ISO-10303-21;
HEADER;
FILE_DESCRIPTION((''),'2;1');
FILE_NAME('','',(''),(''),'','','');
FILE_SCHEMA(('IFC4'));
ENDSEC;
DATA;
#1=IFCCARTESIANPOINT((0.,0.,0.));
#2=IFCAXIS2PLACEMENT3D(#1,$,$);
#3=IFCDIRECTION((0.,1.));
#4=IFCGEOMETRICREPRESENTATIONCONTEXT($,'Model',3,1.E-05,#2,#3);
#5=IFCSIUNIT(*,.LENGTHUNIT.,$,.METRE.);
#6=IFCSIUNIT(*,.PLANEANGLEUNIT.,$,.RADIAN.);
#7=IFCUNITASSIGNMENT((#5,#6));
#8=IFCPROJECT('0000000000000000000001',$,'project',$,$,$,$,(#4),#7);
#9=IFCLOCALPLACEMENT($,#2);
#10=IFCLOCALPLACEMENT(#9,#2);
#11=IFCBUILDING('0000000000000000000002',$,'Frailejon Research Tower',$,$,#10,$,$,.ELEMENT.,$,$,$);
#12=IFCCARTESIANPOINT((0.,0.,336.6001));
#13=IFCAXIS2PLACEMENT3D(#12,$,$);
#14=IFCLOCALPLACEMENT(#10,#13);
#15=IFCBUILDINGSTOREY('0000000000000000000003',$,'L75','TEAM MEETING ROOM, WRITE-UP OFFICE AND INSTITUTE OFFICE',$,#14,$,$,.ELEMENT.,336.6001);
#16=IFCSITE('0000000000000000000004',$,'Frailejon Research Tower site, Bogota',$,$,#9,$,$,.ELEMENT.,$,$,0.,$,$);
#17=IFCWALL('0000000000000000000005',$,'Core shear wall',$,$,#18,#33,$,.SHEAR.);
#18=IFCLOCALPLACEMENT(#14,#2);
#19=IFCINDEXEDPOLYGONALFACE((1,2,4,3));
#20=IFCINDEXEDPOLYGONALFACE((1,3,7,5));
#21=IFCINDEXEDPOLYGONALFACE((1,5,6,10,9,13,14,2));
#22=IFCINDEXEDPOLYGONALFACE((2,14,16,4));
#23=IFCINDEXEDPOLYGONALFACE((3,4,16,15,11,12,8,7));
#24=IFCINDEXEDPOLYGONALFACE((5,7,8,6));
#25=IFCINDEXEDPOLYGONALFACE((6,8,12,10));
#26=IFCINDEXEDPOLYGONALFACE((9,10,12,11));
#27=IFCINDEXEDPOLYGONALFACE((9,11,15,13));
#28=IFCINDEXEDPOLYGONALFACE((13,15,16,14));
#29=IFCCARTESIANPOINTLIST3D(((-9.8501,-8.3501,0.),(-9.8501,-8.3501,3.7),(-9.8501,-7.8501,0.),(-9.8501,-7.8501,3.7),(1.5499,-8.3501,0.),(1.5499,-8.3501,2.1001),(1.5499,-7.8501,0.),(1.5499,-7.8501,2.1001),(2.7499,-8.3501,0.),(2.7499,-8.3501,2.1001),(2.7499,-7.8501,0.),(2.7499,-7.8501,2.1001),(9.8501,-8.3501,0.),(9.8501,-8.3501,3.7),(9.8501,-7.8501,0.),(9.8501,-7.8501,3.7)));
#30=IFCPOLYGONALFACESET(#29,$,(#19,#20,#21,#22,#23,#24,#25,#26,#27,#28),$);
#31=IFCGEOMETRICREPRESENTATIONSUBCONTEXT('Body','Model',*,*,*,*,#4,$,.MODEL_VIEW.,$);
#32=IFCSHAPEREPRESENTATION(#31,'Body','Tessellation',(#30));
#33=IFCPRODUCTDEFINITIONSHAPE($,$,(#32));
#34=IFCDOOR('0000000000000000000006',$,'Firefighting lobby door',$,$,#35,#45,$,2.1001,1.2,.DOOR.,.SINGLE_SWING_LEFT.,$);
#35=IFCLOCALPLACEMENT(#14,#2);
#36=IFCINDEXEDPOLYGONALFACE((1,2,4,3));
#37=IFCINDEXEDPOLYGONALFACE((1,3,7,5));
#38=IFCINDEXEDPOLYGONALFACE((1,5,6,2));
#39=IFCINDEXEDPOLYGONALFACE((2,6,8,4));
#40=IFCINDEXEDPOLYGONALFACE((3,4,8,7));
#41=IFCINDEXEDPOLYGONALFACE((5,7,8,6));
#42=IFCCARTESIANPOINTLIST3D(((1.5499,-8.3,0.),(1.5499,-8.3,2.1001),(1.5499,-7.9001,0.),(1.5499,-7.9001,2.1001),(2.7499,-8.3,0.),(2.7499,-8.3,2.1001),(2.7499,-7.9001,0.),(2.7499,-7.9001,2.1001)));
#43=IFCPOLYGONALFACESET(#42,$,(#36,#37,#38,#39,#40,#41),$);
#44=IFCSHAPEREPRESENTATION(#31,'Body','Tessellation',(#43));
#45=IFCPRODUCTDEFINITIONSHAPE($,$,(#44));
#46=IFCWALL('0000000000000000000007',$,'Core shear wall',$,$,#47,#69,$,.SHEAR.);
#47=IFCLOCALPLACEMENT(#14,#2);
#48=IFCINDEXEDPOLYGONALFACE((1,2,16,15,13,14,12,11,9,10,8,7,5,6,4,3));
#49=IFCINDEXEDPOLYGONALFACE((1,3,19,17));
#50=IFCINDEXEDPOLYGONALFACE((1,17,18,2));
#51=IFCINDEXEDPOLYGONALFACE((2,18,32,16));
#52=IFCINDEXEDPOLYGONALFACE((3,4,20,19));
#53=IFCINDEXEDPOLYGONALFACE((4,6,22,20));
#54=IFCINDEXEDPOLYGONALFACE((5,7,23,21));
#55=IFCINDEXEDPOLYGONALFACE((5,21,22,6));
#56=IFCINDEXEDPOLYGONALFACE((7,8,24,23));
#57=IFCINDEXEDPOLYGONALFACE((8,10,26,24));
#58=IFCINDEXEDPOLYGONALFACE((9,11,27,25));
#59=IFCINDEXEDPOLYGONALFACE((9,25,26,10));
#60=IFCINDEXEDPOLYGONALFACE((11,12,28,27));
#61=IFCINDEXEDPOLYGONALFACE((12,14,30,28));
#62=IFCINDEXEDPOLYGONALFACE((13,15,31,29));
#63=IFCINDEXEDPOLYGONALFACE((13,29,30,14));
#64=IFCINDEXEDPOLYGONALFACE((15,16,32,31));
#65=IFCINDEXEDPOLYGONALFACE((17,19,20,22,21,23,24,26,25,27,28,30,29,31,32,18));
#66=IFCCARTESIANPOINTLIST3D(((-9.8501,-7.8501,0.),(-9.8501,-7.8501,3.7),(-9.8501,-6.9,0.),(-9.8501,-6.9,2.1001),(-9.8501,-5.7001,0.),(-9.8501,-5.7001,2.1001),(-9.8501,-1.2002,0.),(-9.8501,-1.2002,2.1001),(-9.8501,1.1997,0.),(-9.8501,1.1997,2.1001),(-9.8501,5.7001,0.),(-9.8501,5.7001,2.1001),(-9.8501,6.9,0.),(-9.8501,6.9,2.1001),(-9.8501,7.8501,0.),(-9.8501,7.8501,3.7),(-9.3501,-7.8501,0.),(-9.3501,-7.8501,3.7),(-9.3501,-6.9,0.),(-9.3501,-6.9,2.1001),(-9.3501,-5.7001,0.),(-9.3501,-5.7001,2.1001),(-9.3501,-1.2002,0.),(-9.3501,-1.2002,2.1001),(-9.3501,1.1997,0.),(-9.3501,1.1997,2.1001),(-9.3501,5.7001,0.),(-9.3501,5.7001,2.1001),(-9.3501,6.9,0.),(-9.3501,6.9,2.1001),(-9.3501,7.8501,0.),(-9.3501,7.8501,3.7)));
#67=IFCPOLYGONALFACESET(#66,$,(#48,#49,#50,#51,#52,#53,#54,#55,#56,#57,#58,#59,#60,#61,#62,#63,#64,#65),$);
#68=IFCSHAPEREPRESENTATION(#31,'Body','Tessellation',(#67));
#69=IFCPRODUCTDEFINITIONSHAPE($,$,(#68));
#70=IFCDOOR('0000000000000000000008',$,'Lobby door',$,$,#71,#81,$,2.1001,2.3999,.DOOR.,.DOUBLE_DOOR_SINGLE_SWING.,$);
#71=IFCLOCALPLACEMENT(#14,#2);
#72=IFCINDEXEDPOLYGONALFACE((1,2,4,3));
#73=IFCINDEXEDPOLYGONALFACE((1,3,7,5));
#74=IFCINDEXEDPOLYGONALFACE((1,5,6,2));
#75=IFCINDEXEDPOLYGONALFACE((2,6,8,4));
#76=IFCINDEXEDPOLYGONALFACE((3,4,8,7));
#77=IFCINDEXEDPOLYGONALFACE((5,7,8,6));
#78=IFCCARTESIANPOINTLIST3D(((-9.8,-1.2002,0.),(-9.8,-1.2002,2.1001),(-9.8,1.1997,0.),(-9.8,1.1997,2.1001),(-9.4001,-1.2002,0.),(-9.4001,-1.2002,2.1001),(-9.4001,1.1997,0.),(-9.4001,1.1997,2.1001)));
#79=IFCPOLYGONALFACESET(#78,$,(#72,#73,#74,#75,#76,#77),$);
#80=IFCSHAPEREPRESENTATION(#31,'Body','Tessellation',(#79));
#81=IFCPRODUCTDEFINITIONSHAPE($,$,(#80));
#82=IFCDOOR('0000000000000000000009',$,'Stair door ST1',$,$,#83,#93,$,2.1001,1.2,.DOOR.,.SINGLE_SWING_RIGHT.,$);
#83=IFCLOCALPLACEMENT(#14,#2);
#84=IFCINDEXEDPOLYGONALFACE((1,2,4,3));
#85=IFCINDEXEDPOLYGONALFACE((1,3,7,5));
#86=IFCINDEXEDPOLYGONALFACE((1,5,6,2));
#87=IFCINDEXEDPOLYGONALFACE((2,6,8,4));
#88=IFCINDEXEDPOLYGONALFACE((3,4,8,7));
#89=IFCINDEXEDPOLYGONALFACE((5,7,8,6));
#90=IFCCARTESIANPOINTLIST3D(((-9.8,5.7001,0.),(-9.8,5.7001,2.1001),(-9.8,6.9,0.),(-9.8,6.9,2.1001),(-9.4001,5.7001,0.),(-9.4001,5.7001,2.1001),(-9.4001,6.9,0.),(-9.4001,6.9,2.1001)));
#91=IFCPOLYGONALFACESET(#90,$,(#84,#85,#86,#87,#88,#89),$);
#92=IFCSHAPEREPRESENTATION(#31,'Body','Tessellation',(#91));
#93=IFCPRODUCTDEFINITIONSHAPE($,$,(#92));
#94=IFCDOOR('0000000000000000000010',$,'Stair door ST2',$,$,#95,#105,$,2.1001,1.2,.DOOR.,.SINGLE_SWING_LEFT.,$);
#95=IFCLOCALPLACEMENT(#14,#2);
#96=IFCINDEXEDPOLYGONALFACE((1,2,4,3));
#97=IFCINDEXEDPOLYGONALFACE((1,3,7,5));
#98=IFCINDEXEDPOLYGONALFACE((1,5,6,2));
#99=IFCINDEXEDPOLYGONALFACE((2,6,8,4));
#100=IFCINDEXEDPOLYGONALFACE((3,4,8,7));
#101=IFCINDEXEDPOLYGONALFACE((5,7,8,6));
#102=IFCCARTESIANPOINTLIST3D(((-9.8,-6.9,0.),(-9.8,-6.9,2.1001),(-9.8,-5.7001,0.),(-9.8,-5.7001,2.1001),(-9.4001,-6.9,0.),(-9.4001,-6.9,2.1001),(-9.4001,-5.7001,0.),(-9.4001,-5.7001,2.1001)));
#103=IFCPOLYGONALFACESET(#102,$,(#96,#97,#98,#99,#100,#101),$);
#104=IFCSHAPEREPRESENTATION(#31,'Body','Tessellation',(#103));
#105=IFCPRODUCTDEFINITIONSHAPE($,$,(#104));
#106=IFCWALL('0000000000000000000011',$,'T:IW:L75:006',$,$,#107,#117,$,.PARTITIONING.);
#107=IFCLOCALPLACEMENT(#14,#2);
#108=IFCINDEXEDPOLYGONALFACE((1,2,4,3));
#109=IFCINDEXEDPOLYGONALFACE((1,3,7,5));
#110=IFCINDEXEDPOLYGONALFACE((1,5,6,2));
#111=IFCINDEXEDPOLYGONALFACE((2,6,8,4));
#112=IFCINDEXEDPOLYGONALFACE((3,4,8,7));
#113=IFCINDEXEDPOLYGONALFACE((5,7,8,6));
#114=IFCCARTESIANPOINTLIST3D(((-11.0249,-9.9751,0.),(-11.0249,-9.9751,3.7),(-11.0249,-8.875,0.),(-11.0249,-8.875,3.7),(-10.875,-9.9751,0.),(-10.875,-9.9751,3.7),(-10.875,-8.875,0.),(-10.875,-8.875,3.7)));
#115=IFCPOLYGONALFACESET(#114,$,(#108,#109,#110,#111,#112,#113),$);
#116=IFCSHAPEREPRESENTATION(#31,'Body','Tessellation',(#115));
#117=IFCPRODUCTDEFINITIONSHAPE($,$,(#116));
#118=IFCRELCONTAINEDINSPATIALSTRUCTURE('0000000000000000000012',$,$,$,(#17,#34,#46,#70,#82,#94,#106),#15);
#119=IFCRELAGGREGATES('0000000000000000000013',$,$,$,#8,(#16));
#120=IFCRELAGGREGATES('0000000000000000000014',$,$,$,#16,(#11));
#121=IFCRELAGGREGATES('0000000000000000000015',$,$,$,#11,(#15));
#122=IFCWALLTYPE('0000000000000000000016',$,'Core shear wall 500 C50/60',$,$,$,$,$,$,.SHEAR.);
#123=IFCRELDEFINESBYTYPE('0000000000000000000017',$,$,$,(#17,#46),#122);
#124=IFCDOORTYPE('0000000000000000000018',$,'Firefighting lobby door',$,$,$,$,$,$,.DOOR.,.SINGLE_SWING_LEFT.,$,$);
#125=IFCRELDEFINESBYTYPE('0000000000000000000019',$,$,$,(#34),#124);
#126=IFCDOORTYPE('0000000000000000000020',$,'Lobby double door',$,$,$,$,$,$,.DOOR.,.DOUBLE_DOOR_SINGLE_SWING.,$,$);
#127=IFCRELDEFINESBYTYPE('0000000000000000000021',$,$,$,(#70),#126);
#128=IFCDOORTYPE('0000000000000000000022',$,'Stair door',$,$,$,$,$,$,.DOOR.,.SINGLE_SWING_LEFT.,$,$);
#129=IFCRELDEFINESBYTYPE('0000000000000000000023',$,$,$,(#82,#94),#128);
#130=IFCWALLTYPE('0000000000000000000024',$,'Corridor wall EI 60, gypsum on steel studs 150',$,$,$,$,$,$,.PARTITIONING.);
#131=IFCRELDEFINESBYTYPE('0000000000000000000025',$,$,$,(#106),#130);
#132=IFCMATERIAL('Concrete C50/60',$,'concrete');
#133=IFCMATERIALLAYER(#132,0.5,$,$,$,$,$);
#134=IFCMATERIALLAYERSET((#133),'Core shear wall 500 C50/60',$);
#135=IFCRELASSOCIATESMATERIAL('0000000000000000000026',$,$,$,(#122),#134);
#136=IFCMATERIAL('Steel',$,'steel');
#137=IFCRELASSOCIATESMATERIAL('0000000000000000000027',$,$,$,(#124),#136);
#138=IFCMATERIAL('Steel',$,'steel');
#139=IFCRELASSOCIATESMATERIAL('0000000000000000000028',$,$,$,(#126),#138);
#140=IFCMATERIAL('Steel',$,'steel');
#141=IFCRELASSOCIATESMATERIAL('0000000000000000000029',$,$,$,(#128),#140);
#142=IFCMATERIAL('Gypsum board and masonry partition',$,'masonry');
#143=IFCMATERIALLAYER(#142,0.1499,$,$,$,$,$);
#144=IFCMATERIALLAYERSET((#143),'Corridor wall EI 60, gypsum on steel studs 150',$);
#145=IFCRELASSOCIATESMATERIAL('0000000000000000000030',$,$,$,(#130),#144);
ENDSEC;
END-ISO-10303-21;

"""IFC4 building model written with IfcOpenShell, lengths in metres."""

from ifc_helpers import new_model, si_unit, direction, frame, frame_2d, origin, place, context, subcontext, project, spatial, rectangle, extrude, material, layer, layer_set, type_object, element, fill, save


model = new_model("IFC4")

# Units and contexts
model_context = context("Model", 3, precision=1e-05, world=origin(), true_north=direction((0.0, 1.0)))
body_context = subcontext(model_context, "Body", "Model", "MODEL_VIEW")
ifc_project = project(units=[si_unit("LENGTHUNIT", "METRE"), si_unit("PLANEANGLEUNIT", "RADIAN")], contexts=[model_context])

# Site, building, storey
site_placement = place(None, origin())
site = spatial("IfcSite", under=ifc_project, at=site_placement, Name="Frailejon Research Tower site, Bogota", CompositionType="ELEMENT", RefElevation=0.0)
building_placement = place(site_placement, origin())
building = spatial("IfcBuilding", under=site, at=building_placement, Name="Frailejon Research Tower", CompositionType="ELEMENT")
storey_placement = place(building_placement, frame((0.0, 0.0, 336.6001)))
storey = spatial("IfcBuildingStorey", under=building, at=storey_placement, Name="L75", Description="TEAM MEETING ROOM, WRITE-UP OFFICE AND INSTITUTE OFFICE", CompositionType="ELEMENT", Elevation=336.6001)

# Wall, opening, door
ifc_material_1 = material(Name="Concrete C50/60", Category="concrete")
ifc_layer_1 = layer(ifc_material_1, 0.5)
ifc_layer_set_1 = layer_set([ifc_layer_1], Name="Core shear wall 500 C50/60")
wall_type_1 = type_object("IfcWallType", Name="Core shear wall 500 C50/60", PredefinedType="SHEAR", material=ifc_layer_set_1)
wall_1_placement = place(storey_placement, frame((-9.8501, -8.1001, 0.0), z_axis=(0.0, 0.0, 1.0), x_axis=(1.0, 0.0, 0.0)))
wall_1 = element("IfcWall", 1, at=wall_1_placement, inside=storey, type_object=wall_type_1, Name="Core shear wall", PredefinedType="SHEAR", context=body_context, shape_type="SweptSolid", body=[
    extrude(rectangle(XDim=19.7002, YDim=0.5, at=frame_2d((9.8501, 0.0))), origin(), (0.0, 0.0, 1.0), 3.7),
])
opening_1_placement = place(wall_1_placement, frame((11.3999, 0.0, 0.0)))
opening_1 = element("IfcOpeningElement", 2, at=opening_1_placement, cuts=wall_1, PredefinedType="OPENING", context=body_context, shape_type="SweptSolid", body=[
    extrude(rectangle(XDim=1.2, YDim=2.1001, at=frame_2d((0.6001, 1.05))), frame((0.0, 0.26, 0.0), z_axis=(0.0, -1.0, 0.0), x_axis=(1.0, 0.0, 0.0)), (0.0, 0.0, 1.0), 0.52),
])
ifc_material_2 = material(Name="Steel", Category="steel")
door_type_1 = type_object("IfcDoorType", Name="Firefighting lobby door", OperationType="SINGLE_SWING_LEFT", PredefinedType="DOOR", material=ifc_material_2)
door_1_placement = place(opening_1_placement, origin())
door_1 = element("IfcDoor", 3, at=door_1_placement, inside=storey, type_object=door_type_1, Name="Firefighting lobby door", OperationType="SINGLE_SWING_LEFT", OverallHeight=2.1001, OverallWidth=1.2, PredefinedType="DOOR", context=body_context, shape_type="SweptSolid", body=[
    extrude(rectangle(XDim=1.2, YDim=2.1001, at=frame_2d((0.6001, 1.05))), frame((0.0, 0.2, 0.0), z_axis=(0.0, -1.0, 0.0), x_axis=(1.0, 0.0, 0.0)), (0.0, 0.0, 1.0), 0.3999),
])
fill(opening_1, door_1)

# Wall, openings, doors
wall_2_placement = place(storey_placement, frame((-9.6001, -7.8501, 0.0), z_axis=(0.0, 0.0, 1.0), x_axis=(0.0, 1.0, 0.0)))
wall_2 = element("IfcWall", 4, at=wall_2_placement, inside=storey, type_object=wall_type_1, Name="Core shear wall", PredefinedType="SHEAR", context=body_context, shape_type="SweptSolid", body=[
    extrude(rectangle(XDim=15.7002, YDim=0.5, at=frame_2d((7.8501, 0.0))), origin(), (0.0, 0.0, 1.0), 3.7),
])
opening_2_placement = place(wall_2_placement, frame((6.6499, 0.0, 0.0)))
opening_2 = element("IfcOpeningElement", 5, at=opening_2_placement, cuts=wall_2, PredefinedType="OPENING", context=body_context, shape_type="SweptSolid", body=[
    extrude(rectangle(XDim=2.3999, YDim=2.1001, at=frame_2d((1.2, 1.05))), frame((0.0, 0.26, 0.0), z_axis=(0.0, -1.0, 0.0), x_axis=(1.0, 0.0, 0.0)), (0.0, 0.0, 1.0), 0.52),
])
opening_3_placement = place(wall_2_placement, frame((13.55, 0.0, 0.0)))
opening_3 = element("IfcOpeningElement", 6, at=opening_3_placement, cuts=wall_2, PredefinedType="OPENING", context=body_context, shape_type="SweptSolid", body=[
    extrude(rectangle(XDim=1.2, YDim=2.1001, at=frame_2d((0.6001, 1.05))), frame((0.0, 0.26, 0.0), z_axis=(0.0, -1.0, 0.0), x_axis=(1.0, 0.0, 0.0)), (0.0, 0.0, 1.0), 0.52),
])
opening_4_placement = place(wall_2_placement, frame((0.95, 0.0, 0.0)))
opening_4 = element("IfcOpeningElement", 7, at=opening_4_placement, cuts=wall_2, PredefinedType="OPENING", context=body_context, shape_type="SweptSolid", body=[
    extrude(rectangle(XDim=1.2, YDim=2.1001, at=frame_2d((0.6001, 1.05))), frame((0.0, 0.26, 0.0), z_axis=(0.0, -1.0, 0.0), x_axis=(1.0, 0.0, 0.0)), (0.0, 0.0, 1.0), 0.52),
])
ifc_material_3 = material(Name="Steel", Category="steel")
door_type_2 = type_object("IfcDoorType", Name="Lobby double door", OperationType="DOUBLE_DOOR_SINGLE_SWING", PredefinedType="DOOR", material=ifc_material_3)
door_2_placement = place(opening_2_placement, origin())
door_2 = element("IfcDoor", 8, at=door_2_placement, inside=storey, type_object=door_type_2, Name="Lobby door", OperationType="DOUBLE_DOOR_SINGLE_SWING", OverallHeight=2.1001, OverallWidth=2.3999, PredefinedType="DOOR", context=body_context, shape_type="SweptSolid", body=[
    extrude(rectangle(XDim=2.3999, YDim=2.1001, at=frame_2d((1.2, 1.05))), frame((0.0, 0.2, 0.0), z_axis=(0.0, -1.0, 0.0), x_axis=(1.0, 0.0, 0.0)), (0.0, 0.0, 1.0), 0.3999),
])
fill(opening_2, door_2)
ifc_material_4 = material(Name="Steel", Category="steel")
door_type_3 = type_object("IfcDoorType", Name="Stair door", OperationType="SINGLE_SWING_LEFT", PredefinedType="DOOR", material=ifc_material_4)
door_3_placement = place(opening_3_placement, origin())
door_3 = element("IfcDoor", 9, at=door_3_placement, inside=storey, type_object=door_type_3, Name="Stair door ST1", OperationType="SINGLE_SWING_RIGHT", OverallHeight=2.1001, OverallWidth=1.2, PredefinedType="DOOR", context=body_context, shape_type="SweptSolid", body=[
    extrude(rectangle(XDim=1.2, YDim=2.1001, at=frame_2d((0.6001, 1.05))), frame((0.0, 0.2, 0.0), z_axis=(0.0, -1.0, 0.0), x_axis=(1.0, 0.0, 0.0)), (0.0, 0.0, 1.0), 0.3999),
])
fill(opening_3, door_3)
door_4_placement = place(opening_4_placement, origin())
door_4 = element("IfcDoor", 10, at=door_4_placement, inside=storey, type_object=door_type_3, Name="Stair door ST2", OperationType="SINGLE_SWING_LEFT", OverallHeight=2.1001, OverallWidth=1.2, PredefinedType="DOOR", context=body_context, shape_type="SweptSolid", body=[
    extrude(rectangle(XDim=1.2, YDim=2.1001, at=frame_2d((0.6001, 1.05))), frame((0.0, 0.2, 0.0), z_axis=(0.0, -1.0, 0.0), x_axis=(1.0, 0.0, 0.0)), (0.0, 0.0, 1.0), 0.3999),
])
fill(opening_4, door_4)

# Wall
ifc_material_5 = material(Name="Gypsum board and masonry partition", Category="masonry")
ifc_layer_2 = layer(ifc_material_5, 0.1499)
ifc_layer_set_2 = layer_set([ifc_layer_2], Name="Corridor wall EI 60, gypsum on steel studs 150")
wall_type_2 = type_object("IfcWallType", Name="Corridor wall EI 60, gypsum on steel studs 150", PredefinedType="PARTITIONING", material=ifc_layer_set_2)
wall_3_placement = place(storey_placement, frame((-10.95, -9.9751, 0.0), z_axis=(0.0, 0.0, 1.0), x_axis=(0.0, 1.0, 0.0)))
element("IfcWall", 11, at=wall_3_placement, inside=storey, type_object=wall_type_2, Name="T:IW:L75:006", PredefinedType="PARTITIONING", context=body_context, shape_type="SweptSolid", body=[
    extrude(rectangle(XDim=1.1001, YDim=0.1499, at=frame_2d((0.55, 0.0))), origin(), (0.0, 0.0, 1.0), 3.7),
])

save(model, "model.ifc")
